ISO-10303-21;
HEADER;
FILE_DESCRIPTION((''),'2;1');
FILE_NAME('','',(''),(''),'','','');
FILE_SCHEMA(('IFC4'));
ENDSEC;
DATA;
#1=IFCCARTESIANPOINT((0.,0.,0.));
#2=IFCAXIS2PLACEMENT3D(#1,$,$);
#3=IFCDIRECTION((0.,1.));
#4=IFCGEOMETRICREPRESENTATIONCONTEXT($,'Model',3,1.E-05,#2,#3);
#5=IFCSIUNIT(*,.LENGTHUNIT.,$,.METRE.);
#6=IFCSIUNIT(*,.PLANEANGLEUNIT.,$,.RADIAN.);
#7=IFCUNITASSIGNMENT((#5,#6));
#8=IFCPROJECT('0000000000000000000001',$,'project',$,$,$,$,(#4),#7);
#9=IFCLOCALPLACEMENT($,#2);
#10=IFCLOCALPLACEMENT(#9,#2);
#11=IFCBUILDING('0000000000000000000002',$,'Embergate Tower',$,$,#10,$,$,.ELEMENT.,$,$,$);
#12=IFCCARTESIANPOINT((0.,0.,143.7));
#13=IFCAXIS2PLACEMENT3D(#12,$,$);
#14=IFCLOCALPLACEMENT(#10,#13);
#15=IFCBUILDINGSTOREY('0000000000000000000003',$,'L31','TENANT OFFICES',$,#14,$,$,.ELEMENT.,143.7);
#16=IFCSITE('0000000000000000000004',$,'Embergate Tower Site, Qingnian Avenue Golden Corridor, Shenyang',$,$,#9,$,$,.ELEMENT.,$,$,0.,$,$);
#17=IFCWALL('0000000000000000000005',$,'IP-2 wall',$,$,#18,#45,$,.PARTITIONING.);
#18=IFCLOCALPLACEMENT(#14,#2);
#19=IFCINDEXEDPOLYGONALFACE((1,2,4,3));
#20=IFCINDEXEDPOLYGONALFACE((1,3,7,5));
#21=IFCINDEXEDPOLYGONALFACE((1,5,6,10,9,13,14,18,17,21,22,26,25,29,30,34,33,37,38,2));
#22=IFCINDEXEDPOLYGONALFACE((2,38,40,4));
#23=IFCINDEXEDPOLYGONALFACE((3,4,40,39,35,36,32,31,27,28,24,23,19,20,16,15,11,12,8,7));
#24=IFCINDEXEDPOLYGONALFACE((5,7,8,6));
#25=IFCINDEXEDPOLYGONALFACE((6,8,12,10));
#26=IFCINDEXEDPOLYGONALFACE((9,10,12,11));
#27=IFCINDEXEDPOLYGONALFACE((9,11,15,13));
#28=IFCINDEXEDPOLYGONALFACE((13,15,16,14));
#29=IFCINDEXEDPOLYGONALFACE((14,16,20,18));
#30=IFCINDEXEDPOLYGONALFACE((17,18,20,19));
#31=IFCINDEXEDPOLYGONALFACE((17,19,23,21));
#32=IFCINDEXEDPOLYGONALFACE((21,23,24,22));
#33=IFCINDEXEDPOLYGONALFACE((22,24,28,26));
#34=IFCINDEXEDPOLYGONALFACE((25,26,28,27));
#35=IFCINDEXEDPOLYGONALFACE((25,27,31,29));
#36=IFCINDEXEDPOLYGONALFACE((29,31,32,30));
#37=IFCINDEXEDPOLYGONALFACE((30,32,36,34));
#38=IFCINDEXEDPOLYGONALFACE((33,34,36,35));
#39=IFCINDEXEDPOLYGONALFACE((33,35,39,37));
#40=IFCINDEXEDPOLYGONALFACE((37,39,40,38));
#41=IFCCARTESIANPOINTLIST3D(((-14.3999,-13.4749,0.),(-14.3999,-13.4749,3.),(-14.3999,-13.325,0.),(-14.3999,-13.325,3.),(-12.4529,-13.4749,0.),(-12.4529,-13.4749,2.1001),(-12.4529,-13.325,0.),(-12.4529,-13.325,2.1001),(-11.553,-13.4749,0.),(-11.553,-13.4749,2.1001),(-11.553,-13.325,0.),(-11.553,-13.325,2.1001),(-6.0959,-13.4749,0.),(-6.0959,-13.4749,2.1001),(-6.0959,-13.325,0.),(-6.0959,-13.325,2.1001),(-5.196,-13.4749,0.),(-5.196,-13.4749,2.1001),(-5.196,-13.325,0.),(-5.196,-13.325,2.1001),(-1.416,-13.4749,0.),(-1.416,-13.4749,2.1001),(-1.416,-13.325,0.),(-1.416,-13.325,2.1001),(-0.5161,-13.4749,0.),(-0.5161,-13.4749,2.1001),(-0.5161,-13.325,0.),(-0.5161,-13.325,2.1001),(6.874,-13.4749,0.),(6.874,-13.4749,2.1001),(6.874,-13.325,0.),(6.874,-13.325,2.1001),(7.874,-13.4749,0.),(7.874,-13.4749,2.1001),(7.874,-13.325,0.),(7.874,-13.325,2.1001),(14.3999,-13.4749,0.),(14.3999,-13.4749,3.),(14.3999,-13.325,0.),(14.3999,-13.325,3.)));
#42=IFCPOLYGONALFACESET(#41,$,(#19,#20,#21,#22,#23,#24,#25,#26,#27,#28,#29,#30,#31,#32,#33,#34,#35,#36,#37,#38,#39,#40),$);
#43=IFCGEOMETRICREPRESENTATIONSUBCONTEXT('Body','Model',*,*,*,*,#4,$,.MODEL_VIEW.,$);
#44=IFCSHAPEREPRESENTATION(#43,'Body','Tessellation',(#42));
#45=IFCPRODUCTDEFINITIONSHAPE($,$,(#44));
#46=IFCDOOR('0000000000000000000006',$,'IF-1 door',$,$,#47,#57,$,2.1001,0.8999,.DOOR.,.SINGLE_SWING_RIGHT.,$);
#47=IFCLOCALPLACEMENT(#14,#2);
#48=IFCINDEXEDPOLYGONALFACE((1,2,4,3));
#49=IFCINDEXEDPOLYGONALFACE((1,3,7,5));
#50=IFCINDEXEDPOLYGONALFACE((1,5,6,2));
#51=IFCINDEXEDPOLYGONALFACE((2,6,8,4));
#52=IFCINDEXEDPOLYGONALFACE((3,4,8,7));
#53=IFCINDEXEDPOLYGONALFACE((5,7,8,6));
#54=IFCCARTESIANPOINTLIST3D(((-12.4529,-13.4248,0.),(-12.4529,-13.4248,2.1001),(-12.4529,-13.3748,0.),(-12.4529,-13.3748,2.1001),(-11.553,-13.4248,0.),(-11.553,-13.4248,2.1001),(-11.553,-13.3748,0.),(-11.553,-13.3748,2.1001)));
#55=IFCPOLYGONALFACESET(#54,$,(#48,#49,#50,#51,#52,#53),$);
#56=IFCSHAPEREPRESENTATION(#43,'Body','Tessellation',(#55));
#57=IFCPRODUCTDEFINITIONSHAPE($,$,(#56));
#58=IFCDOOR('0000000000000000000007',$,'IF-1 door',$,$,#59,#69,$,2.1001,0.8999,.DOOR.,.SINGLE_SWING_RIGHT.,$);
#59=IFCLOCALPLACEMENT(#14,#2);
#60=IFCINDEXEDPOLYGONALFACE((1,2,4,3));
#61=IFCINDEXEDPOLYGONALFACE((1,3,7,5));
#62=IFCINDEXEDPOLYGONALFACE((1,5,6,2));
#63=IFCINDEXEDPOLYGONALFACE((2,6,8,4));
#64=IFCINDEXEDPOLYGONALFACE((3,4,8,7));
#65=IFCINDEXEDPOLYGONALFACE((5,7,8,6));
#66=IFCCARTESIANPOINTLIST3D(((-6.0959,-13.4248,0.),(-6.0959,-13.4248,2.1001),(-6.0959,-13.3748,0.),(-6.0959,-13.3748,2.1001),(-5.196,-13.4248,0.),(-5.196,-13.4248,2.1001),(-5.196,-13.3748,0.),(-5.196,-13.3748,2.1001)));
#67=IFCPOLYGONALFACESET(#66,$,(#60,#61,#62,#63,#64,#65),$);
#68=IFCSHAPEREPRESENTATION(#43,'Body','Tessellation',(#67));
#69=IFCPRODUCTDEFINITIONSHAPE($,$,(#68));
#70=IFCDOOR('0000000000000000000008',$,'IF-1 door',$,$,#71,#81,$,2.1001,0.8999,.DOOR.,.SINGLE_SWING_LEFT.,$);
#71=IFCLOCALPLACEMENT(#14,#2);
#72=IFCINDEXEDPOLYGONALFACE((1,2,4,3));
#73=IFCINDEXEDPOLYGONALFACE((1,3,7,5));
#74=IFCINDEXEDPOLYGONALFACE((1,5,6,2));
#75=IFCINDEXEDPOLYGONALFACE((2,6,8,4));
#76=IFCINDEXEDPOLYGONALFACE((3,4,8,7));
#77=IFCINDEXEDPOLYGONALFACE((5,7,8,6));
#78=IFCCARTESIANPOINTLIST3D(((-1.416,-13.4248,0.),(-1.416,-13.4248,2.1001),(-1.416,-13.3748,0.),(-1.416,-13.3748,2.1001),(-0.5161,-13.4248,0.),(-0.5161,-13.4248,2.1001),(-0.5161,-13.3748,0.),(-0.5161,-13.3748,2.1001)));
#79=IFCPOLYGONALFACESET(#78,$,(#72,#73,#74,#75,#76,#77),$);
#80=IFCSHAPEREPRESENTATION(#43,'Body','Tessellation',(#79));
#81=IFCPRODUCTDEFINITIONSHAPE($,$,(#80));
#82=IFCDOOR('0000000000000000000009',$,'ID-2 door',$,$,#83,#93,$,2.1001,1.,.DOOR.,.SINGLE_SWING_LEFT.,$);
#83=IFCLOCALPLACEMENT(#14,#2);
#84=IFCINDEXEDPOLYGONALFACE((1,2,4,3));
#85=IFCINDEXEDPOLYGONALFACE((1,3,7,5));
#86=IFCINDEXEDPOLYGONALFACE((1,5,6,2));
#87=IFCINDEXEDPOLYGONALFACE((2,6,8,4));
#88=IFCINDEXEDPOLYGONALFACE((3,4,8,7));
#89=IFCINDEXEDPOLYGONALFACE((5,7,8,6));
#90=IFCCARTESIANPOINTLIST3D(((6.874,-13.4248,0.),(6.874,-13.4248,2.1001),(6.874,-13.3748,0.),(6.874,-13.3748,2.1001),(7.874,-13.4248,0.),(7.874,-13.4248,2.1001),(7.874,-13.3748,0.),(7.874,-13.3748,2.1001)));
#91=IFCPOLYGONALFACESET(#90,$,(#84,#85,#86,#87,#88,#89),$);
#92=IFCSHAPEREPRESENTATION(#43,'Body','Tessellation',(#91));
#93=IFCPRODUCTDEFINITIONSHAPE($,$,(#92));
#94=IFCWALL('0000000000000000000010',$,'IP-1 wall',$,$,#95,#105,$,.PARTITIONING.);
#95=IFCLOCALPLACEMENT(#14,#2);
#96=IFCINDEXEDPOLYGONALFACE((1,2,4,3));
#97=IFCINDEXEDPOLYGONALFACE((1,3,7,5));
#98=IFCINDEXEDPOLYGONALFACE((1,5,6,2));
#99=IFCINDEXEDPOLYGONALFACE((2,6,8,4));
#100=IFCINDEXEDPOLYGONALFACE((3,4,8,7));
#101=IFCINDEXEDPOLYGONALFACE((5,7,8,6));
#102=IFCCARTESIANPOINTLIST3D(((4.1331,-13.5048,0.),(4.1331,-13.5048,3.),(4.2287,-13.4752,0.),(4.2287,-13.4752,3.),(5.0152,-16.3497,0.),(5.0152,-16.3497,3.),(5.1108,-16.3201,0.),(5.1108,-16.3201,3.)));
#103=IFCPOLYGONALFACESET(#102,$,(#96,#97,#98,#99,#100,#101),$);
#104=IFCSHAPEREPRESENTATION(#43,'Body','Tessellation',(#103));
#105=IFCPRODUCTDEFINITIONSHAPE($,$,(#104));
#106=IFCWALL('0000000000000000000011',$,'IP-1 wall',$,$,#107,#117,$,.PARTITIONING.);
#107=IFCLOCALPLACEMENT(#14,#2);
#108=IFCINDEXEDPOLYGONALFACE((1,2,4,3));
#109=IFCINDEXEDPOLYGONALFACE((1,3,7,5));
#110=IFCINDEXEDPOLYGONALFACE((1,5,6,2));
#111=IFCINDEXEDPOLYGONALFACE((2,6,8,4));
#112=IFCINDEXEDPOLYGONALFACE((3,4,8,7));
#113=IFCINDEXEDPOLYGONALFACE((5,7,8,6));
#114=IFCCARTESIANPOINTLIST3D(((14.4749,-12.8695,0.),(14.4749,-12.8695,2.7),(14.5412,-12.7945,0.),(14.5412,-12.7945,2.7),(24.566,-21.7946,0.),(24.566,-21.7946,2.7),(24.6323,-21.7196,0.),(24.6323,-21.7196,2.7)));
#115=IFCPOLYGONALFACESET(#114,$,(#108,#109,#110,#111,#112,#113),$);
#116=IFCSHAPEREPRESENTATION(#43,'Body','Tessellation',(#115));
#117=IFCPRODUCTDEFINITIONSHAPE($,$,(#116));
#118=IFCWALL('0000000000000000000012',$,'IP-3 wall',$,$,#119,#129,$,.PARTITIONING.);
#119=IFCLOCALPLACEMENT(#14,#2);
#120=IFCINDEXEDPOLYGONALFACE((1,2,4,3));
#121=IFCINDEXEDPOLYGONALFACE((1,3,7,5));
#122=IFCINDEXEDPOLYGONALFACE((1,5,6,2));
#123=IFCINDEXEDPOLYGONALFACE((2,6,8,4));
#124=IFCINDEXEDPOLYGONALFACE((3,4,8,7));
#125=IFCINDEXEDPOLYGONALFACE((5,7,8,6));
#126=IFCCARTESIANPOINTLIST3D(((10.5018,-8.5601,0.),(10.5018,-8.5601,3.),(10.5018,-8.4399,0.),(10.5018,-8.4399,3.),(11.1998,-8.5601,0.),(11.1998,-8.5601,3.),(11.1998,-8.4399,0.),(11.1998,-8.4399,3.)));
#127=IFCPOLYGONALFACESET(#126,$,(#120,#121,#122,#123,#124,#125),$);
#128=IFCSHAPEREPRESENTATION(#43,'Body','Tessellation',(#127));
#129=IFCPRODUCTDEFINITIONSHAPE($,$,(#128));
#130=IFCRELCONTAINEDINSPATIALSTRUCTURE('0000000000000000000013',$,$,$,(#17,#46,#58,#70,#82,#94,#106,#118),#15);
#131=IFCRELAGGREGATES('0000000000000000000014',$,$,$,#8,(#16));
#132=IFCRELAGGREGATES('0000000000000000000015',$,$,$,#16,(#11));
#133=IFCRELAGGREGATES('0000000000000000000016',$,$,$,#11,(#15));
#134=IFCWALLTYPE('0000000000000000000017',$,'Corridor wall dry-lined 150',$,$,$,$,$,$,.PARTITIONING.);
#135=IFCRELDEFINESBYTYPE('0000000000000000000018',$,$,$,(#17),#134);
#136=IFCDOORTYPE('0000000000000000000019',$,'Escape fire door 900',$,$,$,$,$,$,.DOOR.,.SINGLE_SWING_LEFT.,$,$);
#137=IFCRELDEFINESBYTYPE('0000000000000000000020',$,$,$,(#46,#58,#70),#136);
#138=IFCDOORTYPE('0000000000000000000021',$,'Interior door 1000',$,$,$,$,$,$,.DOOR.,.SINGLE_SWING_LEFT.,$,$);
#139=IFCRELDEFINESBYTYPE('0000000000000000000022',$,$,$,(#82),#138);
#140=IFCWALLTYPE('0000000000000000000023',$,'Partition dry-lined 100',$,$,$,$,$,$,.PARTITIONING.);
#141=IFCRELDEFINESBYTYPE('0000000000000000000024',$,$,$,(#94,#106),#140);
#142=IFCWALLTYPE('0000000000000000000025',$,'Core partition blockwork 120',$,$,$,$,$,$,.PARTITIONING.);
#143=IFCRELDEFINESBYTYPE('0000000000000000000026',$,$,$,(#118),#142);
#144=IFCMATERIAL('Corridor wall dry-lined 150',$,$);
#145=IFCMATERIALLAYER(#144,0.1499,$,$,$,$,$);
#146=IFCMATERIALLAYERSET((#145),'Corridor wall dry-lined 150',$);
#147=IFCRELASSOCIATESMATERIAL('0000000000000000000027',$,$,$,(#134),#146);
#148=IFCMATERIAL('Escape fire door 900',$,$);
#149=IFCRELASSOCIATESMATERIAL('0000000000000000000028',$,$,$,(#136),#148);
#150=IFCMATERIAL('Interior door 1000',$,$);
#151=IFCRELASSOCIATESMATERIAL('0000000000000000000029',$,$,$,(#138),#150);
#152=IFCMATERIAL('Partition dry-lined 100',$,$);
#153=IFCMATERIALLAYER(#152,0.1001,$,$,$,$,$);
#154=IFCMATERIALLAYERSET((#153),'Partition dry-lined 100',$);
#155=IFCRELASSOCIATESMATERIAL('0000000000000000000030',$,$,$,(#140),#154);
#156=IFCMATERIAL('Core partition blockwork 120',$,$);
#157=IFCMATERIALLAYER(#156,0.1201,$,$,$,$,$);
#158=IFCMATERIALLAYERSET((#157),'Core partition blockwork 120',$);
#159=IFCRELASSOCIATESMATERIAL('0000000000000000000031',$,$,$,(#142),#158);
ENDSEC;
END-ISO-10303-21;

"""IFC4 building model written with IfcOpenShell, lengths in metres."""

from ifc_helpers import new_model, si_unit, direction, frame, frame_2d, origin, place, context, subcontext, project, spatial, rectangle, extrude, source, transform, mapped, material, layer, layer_set, type_object, element, fill, save


model = new_model("IFC4")

# Units and contexts
model_context = context("Model", 3, precision=1e-05, world=origin(), true_north=direction((0.0, 1.0)))
body_context = subcontext(model_context, "Body", "Model", "MODEL_VIEW")
ifc_project = project(units=[si_unit("LENGTHUNIT", "METRE"), si_unit("PLANEANGLEUNIT", "RADIAN")], contexts=[model_context])

# Site, building, storey
site_placement = place(None, origin())
site = spatial("IfcSite", under=ifc_project, at=site_placement, Name="Embergate Tower Site, Qingnian Avenue Golden Corridor, Shenyang", CompositionType="ELEMENT", RefElevation=0.0)
building_placement = place(site_placement, origin())
building = spatial("IfcBuilding", under=site, at=building_placement, Name="Embergate Tower", CompositionType="ELEMENT")
storey_placement = place(building_placement, frame((0.0, 0.0, 143.7)))
storey = spatial("IfcBuildingStorey", under=building, at=storey_placement, Name="L31", Description="TENANT OFFICES", CompositionType="ELEMENT", Elevation=143.7)

# Wall, openings, doors
shared_shape_1 = source(origin(), body_context, "Body", "SweptSolid", [
    extrude(rectangle(XDim=1.0, YDim=2.1001, at=frame_2d((0.5, 1.05))), frame((0.0, 0.0249, 0.0), z_axis=(0.0, -1.0, 0.0), x_axis=(1.0, 0.0, 0.0)), (0.0, 0.0, 1.0), 0.05),
])
ifc_material_1 = material(Name="Corridor wall dry-lined 150")
ifc_layer_1 = layer(ifc_material_1, 0.1499)
ifc_layer_set_1 = layer_set([ifc_layer_1], Name="Corridor wall dry-lined 150")
wall_type_1 = type_object("IfcWallType", Name="Corridor wall dry-lined 150", PredefinedType="PARTITIONING", material=ifc_layer_set_1)
shared_shape_2 = source(origin(), body_context, "Body", "SweptSolid", [
    extrude(rectangle(XDim=28.7998, YDim=0.1499, at=frame_2d((14.3999, 0.0))), origin(), (0.0, 0.0, 1.0), 3.0),
])
wall_1_placement = place(storey_placement, frame((14.3999, -13.3999, 0.0), z_axis=(0.0, 0.0, 1.0), x_axis=(-1.0, 0.0, 0.0)))
wall_1 = element("IfcWall", 1, at=wall_1_placement, inside=storey, type_object=wall_type_1, Name="IP-2 wall", PredefinedType="PARTITIONING", context=body_context, shape_type="MappedRepresentation", body=[
    mapped(shared_shape_2, transform((0.0, 0.0, 0.0))),
])
shared_shape_3 = source(origin(), body_context, "Body", "SweptSolid", [
    extrude(rectangle(XDim=0.8999, YDim=2.1001, at=frame_2d((0.45, 1.05))), frame((0.0, 0.085, 0.0), z_axis=(0.0, -1.0, 0.0), x_axis=(1.0, 0.0, 0.0)), (0.0, 0.0, 1.0), 0.1699),
])
opening_1_placement = place(wall_1_placement, frame((25.9529, 0.0, 0.0)))
opening_1 = element("IfcOpeningElement", 2, at=opening_1_placement, cuts=wall_1, PredefinedType="OPENING", context=body_context, shape_type="MappedRepresentation", body=[
    mapped(shared_shape_3, transform((0.0, 0.0, 0.0))),
])
opening_2_placement = place(wall_1_placement, frame((19.5959, 0.0, 0.0)))
opening_2 = element("IfcOpeningElement", 3, at=opening_2_placement, cuts=wall_1, PredefinedType="OPENING", context=body_context, shape_type="MappedRepresentation", body=[
    mapped(shared_shape_3, transform((0.0, 0.0, 0.0))),
])
opening_3_placement = place(wall_1_placement, frame((14.916, 0.0, 0.0)))
opening_3 = element("IfcOpeningElement", 4, at=opening_3_placement, cuts=wall_1, PredefinedType="OPENING", context=body_context, shape_type="MappedRepresentation", body=[
    mapped(shared_shape_3, transform((0.0, 0.0, 0.0))),
])
shared_shape_4 = source(origin(), body_context, "Body", "SweptSolid", [
    extrude(rectangle(XDim=1.0, YDim=2.1001, at=frame_2d((0.5, 1.05))), frame((0.0, 0.085, 0.0), z_axis=(0.0, -1.0, 0.0), x_axis=(1.0, 0.0, 0.0)), (0.0, 0.0, 1.0), 0.1699),
])
opening_4_placement = place(wall_1_placement, frame((6.5259, 0.0, 0.0)))
opening_4 = element("IfcOpeningElement", 5, at=opening_4_placement, cuts=wall_1, PredefinedType="OPENING", context=body_context, shape_type="MappedRepresentation", body=[
    mapped(shared_shape_4, transform((0.0, 0.0, 0.0))),
])
ifc_material_2 = material(Name="Escape fire door 900")
door_type_1 = type_object("IfcDoorType", Name="Escape fire door 900", OperationType="SINGLE_SWING_LEFT", PredefinedType="DOOR", material=ifc_material_2)
shared_shape_5 = source(origin(), body_context, "Body", "SweptSolid", [
    extrude(rectangle(XDim=0.8999, YDim=2.1001, at=frame_2d((0.45, 1.05))), frame((0.0, 0.0249, 0.0), z_axis=(0.0, -1.0, 0.0), x_axis=(1.0, 0.0, 0.0)), (0.0, 0.0, 1.0), 0.05),
])
door_1_placement = place(opening_1_placement, origin())
door_1 = element("IfcDoor", 6, at=door_1_placement, inside=storey, type_object=door_type_1, Name="IF-1 door", OperationType="SINGLE_SWING_RIGHT", OverallHeight=2.1001, OverallWidth=0.8999, PredefinedType="DOOR", context=body_context, shape_type="MappedRepresentation", body=[
    mapped(shared_shape_5, transform((0.0, 0.0, 0.0))),
])
fill(opening_1, door_1)
door_2_placement = place(opening_2_placement, origin())
door_2 = element("IfcDoor", 7, at=door_2_placement, inside=storey, type_object=door_type_1, Name="IF-1 door", OperationType="SINGLE_SWING_RIGHT", OverallHeight=2.1001, OverallWidth=0.8999, PredefinedType="DOOR", context=body_context, shape_type="MappedRepresentation", body=[
    mapped(shared_shape_5, transform((0.0, 0.0, 0.0))),
])
fill(opening_2, door_2)
door_3_placement = place(opening_3_placement, origin())
door_3 = element("IfcDoor", 8, at=door_3_placement, inside=storey, type_object=door_type_1, Name="IF-1 door", OperationType="SINGLE_SWING_LEFT", OverallHeight=2.1001, OverallWidth=0.8999, PredefinedType="DOOR", context=body_context, shape_type="MappedRepresentation", body=[
    mapped(shared_shape_5, transform((0.0, 0.0, 0.0))),
])
fill(opening_3, door_3)
ifc_material_3 = material(Name="Interior door 1000")
door_type_2 = type_object("IfcDoorType", Name="Interior door 1000", OperationType="SINGLE_SWING_LEFT", PredefinedType="DOOR", material=ifc_material_3)
door_4_placement = place(opening_4_placement, origin())
door_4 = element("IfcDoor", 9, at=door_4_placement, inside=storey, type_object=door_type_2, Name="ID-2 door", OperationType="SINGLE_SWING_LEFT", OverallHeight=2.1001, OverallWidth=1.0, PredefinedType="DOOR", context=body_context, shape_type="MappedRepresentation", body=[
    mapped(shared_shape_1, transform((0.0, 0.0, 0.0))),
])
fill(opening_4, door_4)

# Walls
ifc_material_4 = material(Name="Partition dry-lined 100")
ifc_layer_2 = layer(ifc_material_4, 0.1001)
ifc_layer_set_2 = layer_set([ifc_layer_2], Name="Partition dry-lined 100")
wall_type_2 = type_object("IfcWallType", Name="Partition dry-lined 100", PredefinedType="PARTITIONING", material=ifc_layer_set_2)
shared_shape_6 = source(origin(), body_context, "Body", "SweptSolid", [
    extrude(rectangle(XDim=2.9785, YDim=0.1001, at=frame_2d((1.4893, 0.0))), origin(), (0.0, 0.0, 1.0), 3.0),
])
wall_2_placement = place(storey_placement, frame((4.1809, -13.49, 0.0), z_axis=(0.0, 0.0, 1.0), x_axis=(0.296141, -0.955144, 0.0)))
element("IfcWall", 10, at=wall_2_placement, inside=storey, type_object=wall_type_2, Name="IP-1 wall", PredefinedType="PARTITIONING", context=body_context, shape_type="MappedRepresentation", body=[
    mapped(shared_shape_6, transform((0.0, 0.0, 0.0))),
])
shared_shape_7 = source(origin(), body_context, "Body", "SweptSolid", [
    extrude(rectangle(XDim=13.4717, YDim=0.1001, at=frame_2d((6.7358, 0.0))), origin(), (0.0, 0.0, 1.0), 2.7),
])
wall_3_placement = place(storey_placement, frame((14.5081, -12.832, 0.0), z_axis=(0.0, 0.0, 1.0), x_axis=(0.749058, -0.662505, 0.0)))
element("IfcWall", 11, at=wall_3_placement, inside=storey, type_object=wall_type_2, Name="IP-1 wall", PredefinedType="PARTITIONING", context=body_context, shape_type="MappedRepresentation", body=[
    mapped(shared_shape_7, transform((0.0, 0.0, 0.0))),
])
ifc_material_5 = material(Name="Core partition blockwork 120")
ifc_layer_3 = layer(ifc_material_5, 0.1201)
ifc_layer_set_3 = layer_set([ifc_layer_3], Name="Core partition blockwork 120")
wall_type_3 = type_object("IfcWallType", Name="Core partition blockwork 120", PredefinedType="PARTITIONING", material=ifc_layer_set_3)
shared_shape_8 = source(origin(), body_context, "Body", "SweptSolid", [
    extrude(rectangle(XDim=0.698, YDim=0.1201, at=frame_2d((0.3491, 0.0))), origin(), (0.0, 0.0, 1.0), 3.0),
])
wall_4_placement = place(storey_placement, frame((11.2, -8.5, 0.0), z_axis=(0.0, 0.0, 1.0), x_axis=(-1.0, 0.0, 0.0)))
element("IfcWall", 12, at=wall_4_placement, inside=storey, type_object=wall_type_3, Name="IP-3 wall", PredefinedType="PARTITIONING", context=body_context, shape_type="MappedRepresentation", body=[
    mapped(shared_shape_8, transform((0.0, 0.0, 0.0))),
])

save(model, "model.ifc")
